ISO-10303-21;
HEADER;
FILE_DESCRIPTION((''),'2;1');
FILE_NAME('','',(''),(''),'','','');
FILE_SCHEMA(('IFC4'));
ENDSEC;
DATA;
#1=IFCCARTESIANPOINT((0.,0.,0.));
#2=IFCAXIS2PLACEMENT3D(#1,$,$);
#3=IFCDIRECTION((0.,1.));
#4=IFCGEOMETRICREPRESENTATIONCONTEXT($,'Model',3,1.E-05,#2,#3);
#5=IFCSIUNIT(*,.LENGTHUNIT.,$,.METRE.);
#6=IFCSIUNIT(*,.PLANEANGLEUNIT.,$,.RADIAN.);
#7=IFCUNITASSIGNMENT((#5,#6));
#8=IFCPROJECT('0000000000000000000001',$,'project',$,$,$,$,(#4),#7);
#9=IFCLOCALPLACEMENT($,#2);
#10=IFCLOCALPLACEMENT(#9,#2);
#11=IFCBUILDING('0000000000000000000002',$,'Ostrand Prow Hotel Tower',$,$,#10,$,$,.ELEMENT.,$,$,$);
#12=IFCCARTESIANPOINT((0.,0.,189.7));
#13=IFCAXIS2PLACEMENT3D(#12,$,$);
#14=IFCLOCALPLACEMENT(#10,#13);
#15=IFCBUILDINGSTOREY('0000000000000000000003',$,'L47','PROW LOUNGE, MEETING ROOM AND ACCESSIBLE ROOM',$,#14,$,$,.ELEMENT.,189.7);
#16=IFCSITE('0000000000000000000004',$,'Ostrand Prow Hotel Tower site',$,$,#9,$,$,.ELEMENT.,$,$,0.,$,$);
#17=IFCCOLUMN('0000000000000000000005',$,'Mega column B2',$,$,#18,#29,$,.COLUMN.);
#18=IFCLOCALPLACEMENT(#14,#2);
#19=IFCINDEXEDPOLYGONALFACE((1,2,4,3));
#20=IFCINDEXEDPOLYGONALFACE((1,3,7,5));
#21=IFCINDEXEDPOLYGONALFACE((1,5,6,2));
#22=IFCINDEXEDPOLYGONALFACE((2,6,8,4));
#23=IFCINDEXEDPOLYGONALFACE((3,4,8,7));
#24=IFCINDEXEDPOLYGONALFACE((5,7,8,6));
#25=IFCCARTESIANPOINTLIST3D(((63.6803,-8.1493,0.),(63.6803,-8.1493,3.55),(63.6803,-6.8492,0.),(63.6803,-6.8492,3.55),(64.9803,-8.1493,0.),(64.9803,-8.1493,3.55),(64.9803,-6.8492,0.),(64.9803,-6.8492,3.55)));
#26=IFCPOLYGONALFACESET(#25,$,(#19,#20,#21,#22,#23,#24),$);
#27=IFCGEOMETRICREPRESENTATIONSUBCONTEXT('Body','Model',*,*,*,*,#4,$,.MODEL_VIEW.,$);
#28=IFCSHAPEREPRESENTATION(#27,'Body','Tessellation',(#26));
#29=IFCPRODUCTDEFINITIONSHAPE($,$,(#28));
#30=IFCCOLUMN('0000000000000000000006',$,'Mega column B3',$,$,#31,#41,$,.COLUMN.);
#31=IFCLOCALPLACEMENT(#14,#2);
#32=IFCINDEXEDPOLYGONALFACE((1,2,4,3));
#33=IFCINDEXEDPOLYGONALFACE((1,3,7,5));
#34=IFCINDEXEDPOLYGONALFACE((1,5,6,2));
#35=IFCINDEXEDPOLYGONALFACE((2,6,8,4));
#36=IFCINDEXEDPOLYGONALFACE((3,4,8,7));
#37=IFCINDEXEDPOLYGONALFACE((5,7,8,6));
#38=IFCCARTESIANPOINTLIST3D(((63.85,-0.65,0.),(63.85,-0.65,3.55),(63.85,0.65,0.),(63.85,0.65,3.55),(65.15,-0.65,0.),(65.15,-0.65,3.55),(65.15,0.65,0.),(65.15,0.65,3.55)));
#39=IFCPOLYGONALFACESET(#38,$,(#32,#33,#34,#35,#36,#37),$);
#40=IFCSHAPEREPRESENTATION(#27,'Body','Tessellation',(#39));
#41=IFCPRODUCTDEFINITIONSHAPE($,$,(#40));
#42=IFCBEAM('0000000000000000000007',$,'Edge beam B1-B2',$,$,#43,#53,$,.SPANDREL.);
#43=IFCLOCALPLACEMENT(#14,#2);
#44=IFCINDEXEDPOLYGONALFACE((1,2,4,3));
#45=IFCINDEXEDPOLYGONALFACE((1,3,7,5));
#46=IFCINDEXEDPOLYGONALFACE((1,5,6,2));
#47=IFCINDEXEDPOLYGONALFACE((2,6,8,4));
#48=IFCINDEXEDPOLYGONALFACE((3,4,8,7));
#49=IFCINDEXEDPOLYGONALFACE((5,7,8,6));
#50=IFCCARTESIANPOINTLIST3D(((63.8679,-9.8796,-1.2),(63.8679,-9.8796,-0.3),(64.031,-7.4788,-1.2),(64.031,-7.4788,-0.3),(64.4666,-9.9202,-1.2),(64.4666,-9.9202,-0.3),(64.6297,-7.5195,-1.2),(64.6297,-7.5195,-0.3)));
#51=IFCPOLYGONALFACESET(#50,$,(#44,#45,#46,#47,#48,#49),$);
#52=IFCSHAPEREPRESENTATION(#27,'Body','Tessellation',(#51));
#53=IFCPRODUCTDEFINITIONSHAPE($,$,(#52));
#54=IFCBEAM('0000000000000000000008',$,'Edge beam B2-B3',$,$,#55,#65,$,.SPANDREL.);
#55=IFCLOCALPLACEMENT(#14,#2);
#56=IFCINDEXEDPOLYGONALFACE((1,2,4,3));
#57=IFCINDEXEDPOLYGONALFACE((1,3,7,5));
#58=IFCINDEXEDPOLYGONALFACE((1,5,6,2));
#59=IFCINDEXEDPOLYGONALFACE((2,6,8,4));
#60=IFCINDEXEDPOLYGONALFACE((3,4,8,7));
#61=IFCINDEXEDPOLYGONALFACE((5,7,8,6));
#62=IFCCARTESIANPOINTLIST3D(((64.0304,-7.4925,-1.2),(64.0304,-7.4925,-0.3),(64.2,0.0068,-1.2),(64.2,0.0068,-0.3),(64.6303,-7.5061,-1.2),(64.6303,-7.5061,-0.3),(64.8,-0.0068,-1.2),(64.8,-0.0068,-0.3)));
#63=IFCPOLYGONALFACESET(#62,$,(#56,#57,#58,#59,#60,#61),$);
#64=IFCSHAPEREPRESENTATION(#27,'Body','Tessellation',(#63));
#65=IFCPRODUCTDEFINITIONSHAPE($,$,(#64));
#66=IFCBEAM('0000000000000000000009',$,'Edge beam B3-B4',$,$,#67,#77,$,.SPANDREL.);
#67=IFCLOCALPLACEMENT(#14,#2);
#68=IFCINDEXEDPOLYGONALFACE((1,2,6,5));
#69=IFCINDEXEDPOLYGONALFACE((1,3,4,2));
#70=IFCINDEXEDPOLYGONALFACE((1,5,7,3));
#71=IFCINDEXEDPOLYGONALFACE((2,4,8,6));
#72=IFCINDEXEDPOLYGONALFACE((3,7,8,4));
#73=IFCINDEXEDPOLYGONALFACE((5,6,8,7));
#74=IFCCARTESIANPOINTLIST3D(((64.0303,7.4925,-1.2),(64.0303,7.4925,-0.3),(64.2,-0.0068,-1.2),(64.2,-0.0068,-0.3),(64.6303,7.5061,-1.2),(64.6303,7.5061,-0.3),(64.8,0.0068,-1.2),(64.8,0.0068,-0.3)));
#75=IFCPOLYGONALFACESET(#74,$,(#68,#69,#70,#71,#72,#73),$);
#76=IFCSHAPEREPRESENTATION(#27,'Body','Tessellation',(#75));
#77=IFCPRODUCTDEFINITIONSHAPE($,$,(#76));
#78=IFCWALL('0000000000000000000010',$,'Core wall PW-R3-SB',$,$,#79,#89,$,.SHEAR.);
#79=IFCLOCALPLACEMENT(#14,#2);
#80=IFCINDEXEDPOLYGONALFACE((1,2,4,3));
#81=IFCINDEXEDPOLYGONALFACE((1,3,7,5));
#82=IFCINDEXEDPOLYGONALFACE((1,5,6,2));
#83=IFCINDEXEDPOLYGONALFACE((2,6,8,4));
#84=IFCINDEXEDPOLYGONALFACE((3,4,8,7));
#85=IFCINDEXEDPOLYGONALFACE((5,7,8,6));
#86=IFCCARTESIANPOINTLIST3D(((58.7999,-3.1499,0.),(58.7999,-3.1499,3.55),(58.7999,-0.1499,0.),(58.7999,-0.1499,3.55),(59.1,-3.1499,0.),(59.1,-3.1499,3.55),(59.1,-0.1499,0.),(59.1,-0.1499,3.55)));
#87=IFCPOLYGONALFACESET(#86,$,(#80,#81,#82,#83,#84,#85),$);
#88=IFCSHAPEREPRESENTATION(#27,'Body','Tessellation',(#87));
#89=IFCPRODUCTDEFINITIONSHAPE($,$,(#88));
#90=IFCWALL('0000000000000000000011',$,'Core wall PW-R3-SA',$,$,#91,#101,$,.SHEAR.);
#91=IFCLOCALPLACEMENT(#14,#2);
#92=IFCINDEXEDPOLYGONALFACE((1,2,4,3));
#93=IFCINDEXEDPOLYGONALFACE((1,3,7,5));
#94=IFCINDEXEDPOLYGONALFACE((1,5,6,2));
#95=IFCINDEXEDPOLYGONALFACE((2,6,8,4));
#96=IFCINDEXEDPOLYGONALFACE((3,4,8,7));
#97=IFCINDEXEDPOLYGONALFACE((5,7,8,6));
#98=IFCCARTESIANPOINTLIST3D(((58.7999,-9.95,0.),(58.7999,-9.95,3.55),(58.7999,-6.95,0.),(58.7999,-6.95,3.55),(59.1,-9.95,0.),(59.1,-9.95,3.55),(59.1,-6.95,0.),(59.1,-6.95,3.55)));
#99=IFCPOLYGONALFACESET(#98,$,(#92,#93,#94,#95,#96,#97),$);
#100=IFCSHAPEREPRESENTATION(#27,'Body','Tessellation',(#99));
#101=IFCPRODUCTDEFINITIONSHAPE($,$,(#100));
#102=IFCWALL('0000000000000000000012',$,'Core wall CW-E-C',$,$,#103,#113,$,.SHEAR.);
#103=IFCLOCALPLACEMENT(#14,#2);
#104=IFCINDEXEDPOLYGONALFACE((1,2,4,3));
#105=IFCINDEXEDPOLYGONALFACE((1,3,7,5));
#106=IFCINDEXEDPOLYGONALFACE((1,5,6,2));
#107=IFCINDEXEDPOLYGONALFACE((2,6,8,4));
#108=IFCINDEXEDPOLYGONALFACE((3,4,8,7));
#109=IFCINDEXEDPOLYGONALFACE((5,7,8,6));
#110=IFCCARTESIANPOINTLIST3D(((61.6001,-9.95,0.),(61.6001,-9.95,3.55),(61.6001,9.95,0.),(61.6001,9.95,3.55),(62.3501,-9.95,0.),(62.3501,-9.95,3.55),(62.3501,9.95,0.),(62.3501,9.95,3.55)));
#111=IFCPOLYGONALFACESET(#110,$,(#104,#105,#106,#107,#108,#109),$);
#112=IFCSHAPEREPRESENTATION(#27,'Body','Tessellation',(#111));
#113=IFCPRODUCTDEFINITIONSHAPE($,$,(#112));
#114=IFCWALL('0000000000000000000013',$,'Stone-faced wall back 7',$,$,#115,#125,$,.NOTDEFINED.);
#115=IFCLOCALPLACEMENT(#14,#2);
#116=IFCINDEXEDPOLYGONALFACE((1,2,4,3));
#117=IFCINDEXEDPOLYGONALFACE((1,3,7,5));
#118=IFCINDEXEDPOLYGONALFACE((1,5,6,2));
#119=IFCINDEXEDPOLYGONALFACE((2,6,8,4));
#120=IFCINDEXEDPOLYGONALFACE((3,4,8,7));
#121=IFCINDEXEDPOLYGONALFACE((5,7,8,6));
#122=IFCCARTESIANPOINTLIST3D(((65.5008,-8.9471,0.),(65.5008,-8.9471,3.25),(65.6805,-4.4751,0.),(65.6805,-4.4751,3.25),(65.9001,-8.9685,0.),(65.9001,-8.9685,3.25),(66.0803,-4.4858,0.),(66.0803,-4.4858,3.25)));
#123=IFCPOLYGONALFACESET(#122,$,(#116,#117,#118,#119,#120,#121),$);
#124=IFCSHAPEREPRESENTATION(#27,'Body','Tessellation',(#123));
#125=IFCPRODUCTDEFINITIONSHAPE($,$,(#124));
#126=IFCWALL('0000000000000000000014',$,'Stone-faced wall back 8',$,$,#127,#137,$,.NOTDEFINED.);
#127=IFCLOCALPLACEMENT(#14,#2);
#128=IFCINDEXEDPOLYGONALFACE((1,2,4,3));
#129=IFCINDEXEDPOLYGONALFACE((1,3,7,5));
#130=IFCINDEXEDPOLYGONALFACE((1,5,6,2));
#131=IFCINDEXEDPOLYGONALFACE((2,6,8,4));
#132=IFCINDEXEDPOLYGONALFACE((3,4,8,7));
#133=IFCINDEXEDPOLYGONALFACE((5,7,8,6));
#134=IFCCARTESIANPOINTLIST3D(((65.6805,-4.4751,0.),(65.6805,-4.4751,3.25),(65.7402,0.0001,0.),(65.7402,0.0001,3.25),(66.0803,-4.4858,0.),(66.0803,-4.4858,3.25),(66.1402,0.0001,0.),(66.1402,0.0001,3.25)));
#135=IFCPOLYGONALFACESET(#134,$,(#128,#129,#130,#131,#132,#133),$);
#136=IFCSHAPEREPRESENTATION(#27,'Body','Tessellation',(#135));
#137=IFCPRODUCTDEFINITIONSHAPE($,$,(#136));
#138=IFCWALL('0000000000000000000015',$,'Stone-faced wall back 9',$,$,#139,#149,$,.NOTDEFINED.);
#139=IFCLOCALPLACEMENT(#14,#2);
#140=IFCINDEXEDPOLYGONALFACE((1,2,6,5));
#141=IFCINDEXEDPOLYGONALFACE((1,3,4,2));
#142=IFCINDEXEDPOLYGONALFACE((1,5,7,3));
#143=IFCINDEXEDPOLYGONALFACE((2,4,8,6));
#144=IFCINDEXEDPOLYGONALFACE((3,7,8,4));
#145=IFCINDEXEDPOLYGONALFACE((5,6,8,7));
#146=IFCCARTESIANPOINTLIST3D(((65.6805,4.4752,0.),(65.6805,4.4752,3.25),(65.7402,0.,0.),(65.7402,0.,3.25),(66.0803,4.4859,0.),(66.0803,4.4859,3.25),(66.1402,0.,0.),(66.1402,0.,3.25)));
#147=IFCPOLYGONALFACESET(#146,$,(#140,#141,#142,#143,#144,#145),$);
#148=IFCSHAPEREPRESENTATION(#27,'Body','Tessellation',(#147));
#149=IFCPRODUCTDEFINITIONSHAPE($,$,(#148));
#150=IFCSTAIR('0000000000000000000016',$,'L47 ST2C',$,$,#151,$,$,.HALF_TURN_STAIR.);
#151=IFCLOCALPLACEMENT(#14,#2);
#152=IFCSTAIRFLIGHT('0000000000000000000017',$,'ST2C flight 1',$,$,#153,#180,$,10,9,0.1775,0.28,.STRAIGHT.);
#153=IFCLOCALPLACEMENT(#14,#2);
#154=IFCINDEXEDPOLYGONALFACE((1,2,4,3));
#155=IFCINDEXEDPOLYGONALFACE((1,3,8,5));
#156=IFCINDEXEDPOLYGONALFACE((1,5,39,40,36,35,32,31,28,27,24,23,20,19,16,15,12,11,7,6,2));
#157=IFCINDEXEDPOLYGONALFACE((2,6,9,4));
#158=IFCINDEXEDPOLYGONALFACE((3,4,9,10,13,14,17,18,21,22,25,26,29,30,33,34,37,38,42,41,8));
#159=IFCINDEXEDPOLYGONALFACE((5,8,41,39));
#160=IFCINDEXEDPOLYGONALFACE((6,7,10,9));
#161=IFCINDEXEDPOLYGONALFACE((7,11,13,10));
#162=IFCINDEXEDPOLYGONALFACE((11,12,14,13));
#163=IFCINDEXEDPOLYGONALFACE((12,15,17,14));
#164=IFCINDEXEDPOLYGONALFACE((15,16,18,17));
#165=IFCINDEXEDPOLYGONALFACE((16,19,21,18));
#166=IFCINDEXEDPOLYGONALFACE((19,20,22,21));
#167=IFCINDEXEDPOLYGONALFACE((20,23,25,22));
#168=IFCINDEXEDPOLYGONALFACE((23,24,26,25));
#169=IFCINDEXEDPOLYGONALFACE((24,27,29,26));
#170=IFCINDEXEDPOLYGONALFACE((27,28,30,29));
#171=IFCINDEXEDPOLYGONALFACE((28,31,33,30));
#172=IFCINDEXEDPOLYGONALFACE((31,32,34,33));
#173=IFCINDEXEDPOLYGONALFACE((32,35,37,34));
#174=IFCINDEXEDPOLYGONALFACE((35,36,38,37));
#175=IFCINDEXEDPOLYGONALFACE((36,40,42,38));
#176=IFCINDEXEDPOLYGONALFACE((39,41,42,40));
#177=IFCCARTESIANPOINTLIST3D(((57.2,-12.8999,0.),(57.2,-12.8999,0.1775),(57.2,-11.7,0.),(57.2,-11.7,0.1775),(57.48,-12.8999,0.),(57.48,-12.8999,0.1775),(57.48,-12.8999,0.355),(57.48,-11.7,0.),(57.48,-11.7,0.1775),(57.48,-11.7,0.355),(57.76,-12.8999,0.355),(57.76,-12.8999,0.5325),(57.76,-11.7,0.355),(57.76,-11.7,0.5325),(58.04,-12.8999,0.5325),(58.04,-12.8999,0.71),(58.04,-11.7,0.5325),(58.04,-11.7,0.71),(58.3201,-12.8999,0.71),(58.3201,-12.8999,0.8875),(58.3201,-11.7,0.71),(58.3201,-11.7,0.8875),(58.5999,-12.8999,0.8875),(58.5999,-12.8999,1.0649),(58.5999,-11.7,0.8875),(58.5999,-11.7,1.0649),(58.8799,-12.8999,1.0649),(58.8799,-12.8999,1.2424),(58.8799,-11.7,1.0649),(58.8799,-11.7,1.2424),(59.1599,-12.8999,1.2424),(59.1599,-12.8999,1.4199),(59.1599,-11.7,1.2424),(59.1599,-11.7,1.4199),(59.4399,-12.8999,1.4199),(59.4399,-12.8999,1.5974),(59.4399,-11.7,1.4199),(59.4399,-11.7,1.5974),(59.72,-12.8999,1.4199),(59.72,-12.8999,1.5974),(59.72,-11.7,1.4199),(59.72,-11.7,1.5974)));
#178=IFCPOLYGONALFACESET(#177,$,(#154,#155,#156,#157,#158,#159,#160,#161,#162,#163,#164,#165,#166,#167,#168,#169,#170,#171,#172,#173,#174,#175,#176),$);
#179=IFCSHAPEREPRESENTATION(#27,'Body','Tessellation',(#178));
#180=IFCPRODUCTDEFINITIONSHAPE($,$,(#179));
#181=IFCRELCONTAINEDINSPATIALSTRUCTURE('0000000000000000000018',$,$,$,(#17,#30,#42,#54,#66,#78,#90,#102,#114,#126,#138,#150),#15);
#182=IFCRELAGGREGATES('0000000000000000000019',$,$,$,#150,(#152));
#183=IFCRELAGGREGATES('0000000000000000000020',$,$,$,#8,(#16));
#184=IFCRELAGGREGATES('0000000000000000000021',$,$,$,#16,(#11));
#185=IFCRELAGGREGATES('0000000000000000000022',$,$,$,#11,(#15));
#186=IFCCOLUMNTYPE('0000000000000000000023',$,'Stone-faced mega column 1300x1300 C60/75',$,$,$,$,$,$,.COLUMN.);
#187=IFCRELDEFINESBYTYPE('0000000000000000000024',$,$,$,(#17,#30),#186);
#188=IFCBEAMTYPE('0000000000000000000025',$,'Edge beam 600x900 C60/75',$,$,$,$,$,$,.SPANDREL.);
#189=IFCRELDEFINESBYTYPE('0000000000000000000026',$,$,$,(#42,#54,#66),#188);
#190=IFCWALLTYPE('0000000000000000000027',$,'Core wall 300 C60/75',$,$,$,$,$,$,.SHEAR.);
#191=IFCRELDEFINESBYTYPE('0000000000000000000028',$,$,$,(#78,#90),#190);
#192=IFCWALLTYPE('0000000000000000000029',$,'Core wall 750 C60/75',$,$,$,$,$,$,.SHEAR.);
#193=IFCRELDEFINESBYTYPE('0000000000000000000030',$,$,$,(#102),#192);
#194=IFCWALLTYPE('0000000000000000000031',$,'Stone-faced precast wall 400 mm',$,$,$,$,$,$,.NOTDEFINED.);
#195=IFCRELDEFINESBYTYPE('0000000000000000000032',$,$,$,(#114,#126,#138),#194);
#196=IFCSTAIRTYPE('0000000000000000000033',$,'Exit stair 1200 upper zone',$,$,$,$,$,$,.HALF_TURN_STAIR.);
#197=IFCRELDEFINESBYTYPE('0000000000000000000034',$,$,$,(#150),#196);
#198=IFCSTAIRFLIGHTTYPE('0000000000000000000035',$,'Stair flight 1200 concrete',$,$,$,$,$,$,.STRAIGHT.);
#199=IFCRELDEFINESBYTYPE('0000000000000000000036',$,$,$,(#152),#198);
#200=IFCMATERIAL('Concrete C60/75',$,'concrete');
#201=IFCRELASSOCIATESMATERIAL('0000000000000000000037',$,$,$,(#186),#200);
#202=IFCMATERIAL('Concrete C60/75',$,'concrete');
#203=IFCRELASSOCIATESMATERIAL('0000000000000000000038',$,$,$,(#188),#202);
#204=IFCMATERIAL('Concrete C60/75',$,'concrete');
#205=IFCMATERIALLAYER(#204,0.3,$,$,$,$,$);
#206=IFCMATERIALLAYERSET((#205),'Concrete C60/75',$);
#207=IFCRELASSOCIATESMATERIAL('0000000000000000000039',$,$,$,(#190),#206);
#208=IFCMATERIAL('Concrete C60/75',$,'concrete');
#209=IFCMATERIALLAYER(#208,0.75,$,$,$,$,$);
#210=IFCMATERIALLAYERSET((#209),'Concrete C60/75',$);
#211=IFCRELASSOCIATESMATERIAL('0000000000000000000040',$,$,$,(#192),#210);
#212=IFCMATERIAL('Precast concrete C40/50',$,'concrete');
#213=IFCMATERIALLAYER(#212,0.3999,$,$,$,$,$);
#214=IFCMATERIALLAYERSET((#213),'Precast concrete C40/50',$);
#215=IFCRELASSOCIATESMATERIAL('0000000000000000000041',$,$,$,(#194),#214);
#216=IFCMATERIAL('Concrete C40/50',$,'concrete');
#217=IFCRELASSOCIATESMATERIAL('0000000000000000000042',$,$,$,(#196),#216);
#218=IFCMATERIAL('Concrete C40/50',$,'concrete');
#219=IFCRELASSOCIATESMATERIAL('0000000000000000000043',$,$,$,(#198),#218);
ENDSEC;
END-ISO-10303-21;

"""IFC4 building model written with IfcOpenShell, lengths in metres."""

from ifc_helpers import new_model, si_unit, direction, frame, frame_2d, origin, origin_2d, place, context, subcontext, project, spatial, polyline, rectangle, outline, extrude, material, layer, layer_set, material_profile, profile_set, type_object, element, aggregate, save


model = new_model("IFC4")

# Units and contexts
model_context = context("Model", 3, precision=1e-05, world=origin(), true_north=direction((0.0, 1.0)))
body_context = subcontext(model_context, "Body", "Model", "MODEL_VIEW")
ifc_project = project(units=[si_unit("LENGTHUNIT", "METRE"), si_unit("PLANEANGLEUNIT", "RADIAN")], contexts=[model_context])

# Site, building, storey
site_placement = place(None, origin())
site = spatial("IfcSite", under=ifc_project, at=site_placement, Name="Ostrand Prow Hotel Tower site", CompositionType="ELEMENT", RefElevation=0.0)
building_placement = place(site_placement, origin())
building = spatial("IfcBuilding", under=site, at=building_placement, Name="Ostrand Prow Hotel Tower", CompositionType="ELEMENT")
storey_placement = place(building_placement, frame((0.0, 0.0, 189.7)))
storey = spatial("IfcBuildingStorey", under=building, at=storey_placement, Name="L47", Description="PROW LOUNGE, MEETING ROOM AND ACCESSIBLE ROOM", CompositionType="ELEMENT", Elevation=189.7)

# Columns
ifc_material_1 = material(Name="Concrete C60/75", Category="concrete")
ifc_material_profile_1 = material_profile(ifc_material_1, rectangle(XDim=1.3, YDim=1.3, at=origin_2d()), Name="RC 1300x1300")
ifc_profile_set_1 = profile_set([ifc_material_profile_1], Name="Concrete C60/75")
column_type = type_object("IfcColumnType", Name="Stone-faced mega column 1300x1300 C60/75", PredefinedType="COLUMN", material=ifc_profile_set_1)
for number, where, z_axis, x_axis, name in (
    (1, (64.3303, -7.4993, 0.0), (0.0, 0.0, 1.0), (1.0, 0.0, 0.0), "Mega column B2"),
    (2, (64.5, 0.0, 0.0), (0.0, 0.0, 1.0), (1.0, 0.0, 0.0), "Mega column B3"),
):
    element("IfcColumn", number, at=place(storey_placement, frame(where, z_axis=z_axis, x_axis=x_axis)), inside=storey, type_object=column_type, Name=name, PredefinedType="COLUMN", context=body_context, shape_type="SweptSolid", body=[
        extrude(rectangle(XDim=1.3, YDim=1.3, at=origin_2d()), origin(), (0.0, 0.0, 1.0), 3.55),
    ])

# Beams
ifc_material_2 = material(Name="Concrete C60/75", Category="concrete")
ifc_material_profile_2 = material_profile(ifc_material_2, rectangle(XDim=0.6001, YDim=0.8999, at=origin_2d()), Name="RC 600x900")
ifc_profile_set_2 = profile_set([ifc_material_profile_2], Name="Concrete C60/75")
beam_type = type_object("IfcBeamType", Name="Edge beam 600x900 C60/75", PredefinedType="SPANDREL", material=ifc_profile_set_2)
beam_placement = place(storey_placement, frame((64.1672, -9.8999, -0.75), z_axis=(0.067778, 0.9977, 0.0), x_axis=(-0.9977, 0.067778, 0.0)))
element("IfcBeam", 3, at=beam_placement, inside=storey, type_object=beam_type, Name="Edge beam B1-B2", PredefinedType="SPANDREL", context=body_context, shape_type="SweptSolid", body=[
    extrude(rectangle(XDim=0.6001, YDim=0.8999, at=origin_2d()), origin(), (0.0, 0.0, 1.0), 2.4062),
])
for number, where, z_axis, x_axis, name in (
    (4, (64.3303, -7.4993, -0.75), (0.02262, 0.999744, 0.0), (-0.999744, 0.02262, 0.0), "Edge beam B2-B3"),
    (5, (64.5, 0.0, -0.75), (-0.02262, 0.999744, 0.0), (-0.999744, -0.02262, 0.0), "Edge beam B3-B4"),
):
    element("IfcBeam", number, at=place(storey_placement, frame(where, z_axis=z_axis, x_axis=x_axis)), inside=storey, type_object=beam_type, Name=name, PredefinedType="SPANDREL", context=body_context, shape_type="SweptSolid", body=[
        extrude(rectangle(XDim=0.6001, YDim=0.8999, at=origin_2d()), origin(), (0.0, 0.0, 1.0), 7.5012),
    ])

# Walls
ifc_material_3 = material(Name="Concrete C60/75", Category="concrete")
ifc_layer_1 = layer(ifc_material_3, 0.3)
ifc_layer_set_1 = layer_set([ifc_layer_1], Name="Concrete C60/75")
wall_type_1 = type_object("IfcWallType", Name="Core wall 300 C60/75", PredefinedType="SHEAR", material=ifc_layer_set_1)
for number, where, z_axis, x_axis, name in (
    (6, (58.95, -3.1499, 0.0), (0.0, 0.0, 1.0), (0.0, 1.0, 0.0), "Core wall PW-R3-SB"),
    (7, (58.95, -9.95, 0.0), (0.0, 0.0, 1.0), (0.0, 1.0, 0.0), "Core wall PW-R3-SA"),
):
    element("IfcWall", number, at=place(storey_placement, frame(where, z_axis=z_axis, x_axis=x_axis)), inside=storey, type_object=wall_type_1, Name=name, PredefinedType="SHEAR", context=body_context, shape_type="SweptSolid", body=[
        extrude(rectangle(XDim=3.0, YDim=0.3, at=frame_2d((1.5, 0.0))), origin(), (0.0, 0.0, 1.0), 3.55),
    ])
ifc_material_4 = material(Name="Concrete C60/75", Category="concrete")
ifc_layer_2 = layer(ifc_material_4, 0.75)
ifc_layer_set_2 = layer_set([ifc_layer_2], Name="Concrete C60/75")
wall_type_2 = type_object("IfcWallType", Name="Core wall 750 C60/75", PredefinedType="SHEAR", material=ifc_layer_set_2)
wall_placement = place(storey_placement, frame((61.9751, -9.95, 0.0), z_axis=(0.0, 0.0, 1.0), x_axis=(0.0, 1.0, 0.0)))
element("IfcWall", 8, at=wall_placement, inside=storey, type_object=wall_type_2, Name="Core wall CW-E-C", PredefinedType="SHEAR", context=body_context, shape_type="SweptSolid", body=[
    extrude(rectangle(XDim=19.8999, YDim=0.75, at=frame_2d((9.95, 0.0))), origin(), (0.0, 0.0, 1.0), 3.55),
])
ifc_material_5 = material(Name="Precast concrete C40/50", Category="concrete")
ifc_layer_3 = layer(ifc_material_5, 0.3999)
ifc_layer_set_3 = layer_set([ifc_layer_3], Name="Precast concrete C40/50")
wall_type_3 = type_object("IfcWallType", Name="Stone-faced precast wall 400 mm", PredefinedType="NOTDEFINED", material=ifc_layer_set_3)
for number, where, z_axis, x_axis, name in (
    (9, (65.7004, -8.9578, 0.0), (0.0, 0.0, 1.0), (0.040155, 0.999193, 0.0), "Stone-faced wall back 7"),
    (10, (65.8804, -4.4805, 0.0), (0.0, 0.0, 1.0), (0.013349, 0.999911, 0.0), "Stone-faced wall back 8"),
    (11, (65.9402, 0.0, 0.0), (0.0, 0.0, 1.0), (-0.013349, 0.999911, 0.0), "Stone-faced wall back 9"),
):
    element("IfcWall", number, at=place(storey_placement, frame(where, z_axis=z_axis, x_axis=x_axis)), inside=storey, type_object=wall_type_3, Name=name, PredefinedType="NOTDEFINED", context=body_context, shape_type="SweptSolid", body=[
        extrude(outline(polyline([(-0.0027, -0.2), (4.4836, -0.2), (4.4783, 0.2), (0.0027, 0.2), (-0.0027, -0.2)])), origin(), (0.0, 0.0, 1.0), 3.25),
    ])

# Stair, stair flight
ifc_material_6 = material(Name="Concrete C40/50", Category="concrete")
stair_type = type_object("IfcStairType", Name="Exit stair 1200 upper zone", PredefinedType="HALF_TURN_STAIR", material=ifc_material_6)
stair_placement = place(storey_placement, origin())
stair = element("IfcStair", 12, at=stair_placement, inside=storey, type_object=stair_type, Name="L47 ST2C", PredefinedType="HALF_TURN_STAIR")
ifc_material_7 = material(Name="Concrete C40/50", Category="concrete")
stair_flight_type = type_object("IfcStairFlightType", Name="Stair flight 1200 concrete", PredefinedType="STRAIGHT", material=ifc_material_7)
stair_flight_1_placement = place(storey_placement, frame((57.2, -12.3, 0.0), z_axis=(0.0, 0.0, 1.0), x_axis=(1.0, 0.0, 0.0)))
stair_flight_1 = element("IfcStairFlight", 13, at=stair_flight_1_placement, type_object=stair_flight_type, Name="ST2C flight 1", NumberOfRisers=10, NumberOfTreads=9, PredefinedType="STRAIGHT", RiserHeight=0.1775, TreadLength=0.28, context=body_context, shape_type="SweptSolid", body=[
    extrude(outline(polyline([(0.0, 0.0), (0.0, 0.1775), (0.28, 0.1775), (0.28, 0.355), (0.5601, 0.355), (0.5601, 0.5325), (0.8401, 0.5325), (0.8401, 0.71), (1.1201, 0.71), (1.1201, 0.8875), (1.3999, 0.8875), (1.3999, 1.0649), (1.6799, 1.0649), (1.6799, 1.2424), (1.96, 1.2424), (1.96, 1.4199), (2.24, 1.4199), (2.24, 1.5974), (2.52, 1.5974), (2.52, 1.7749), (2.52, 1.4199), (0.28, 0.0), (0.0, 0.0)])), frame((0.0, 0.6001, 0.0), z_axis=(0.0, -1.0, 0.0), x_axis=(1.0, 0.0, 0.0)), (0.0, 0.0, 1.0), 1.2),
])
aggregate(stair, [stair_flight_1])

save(model, "model.ifc")
